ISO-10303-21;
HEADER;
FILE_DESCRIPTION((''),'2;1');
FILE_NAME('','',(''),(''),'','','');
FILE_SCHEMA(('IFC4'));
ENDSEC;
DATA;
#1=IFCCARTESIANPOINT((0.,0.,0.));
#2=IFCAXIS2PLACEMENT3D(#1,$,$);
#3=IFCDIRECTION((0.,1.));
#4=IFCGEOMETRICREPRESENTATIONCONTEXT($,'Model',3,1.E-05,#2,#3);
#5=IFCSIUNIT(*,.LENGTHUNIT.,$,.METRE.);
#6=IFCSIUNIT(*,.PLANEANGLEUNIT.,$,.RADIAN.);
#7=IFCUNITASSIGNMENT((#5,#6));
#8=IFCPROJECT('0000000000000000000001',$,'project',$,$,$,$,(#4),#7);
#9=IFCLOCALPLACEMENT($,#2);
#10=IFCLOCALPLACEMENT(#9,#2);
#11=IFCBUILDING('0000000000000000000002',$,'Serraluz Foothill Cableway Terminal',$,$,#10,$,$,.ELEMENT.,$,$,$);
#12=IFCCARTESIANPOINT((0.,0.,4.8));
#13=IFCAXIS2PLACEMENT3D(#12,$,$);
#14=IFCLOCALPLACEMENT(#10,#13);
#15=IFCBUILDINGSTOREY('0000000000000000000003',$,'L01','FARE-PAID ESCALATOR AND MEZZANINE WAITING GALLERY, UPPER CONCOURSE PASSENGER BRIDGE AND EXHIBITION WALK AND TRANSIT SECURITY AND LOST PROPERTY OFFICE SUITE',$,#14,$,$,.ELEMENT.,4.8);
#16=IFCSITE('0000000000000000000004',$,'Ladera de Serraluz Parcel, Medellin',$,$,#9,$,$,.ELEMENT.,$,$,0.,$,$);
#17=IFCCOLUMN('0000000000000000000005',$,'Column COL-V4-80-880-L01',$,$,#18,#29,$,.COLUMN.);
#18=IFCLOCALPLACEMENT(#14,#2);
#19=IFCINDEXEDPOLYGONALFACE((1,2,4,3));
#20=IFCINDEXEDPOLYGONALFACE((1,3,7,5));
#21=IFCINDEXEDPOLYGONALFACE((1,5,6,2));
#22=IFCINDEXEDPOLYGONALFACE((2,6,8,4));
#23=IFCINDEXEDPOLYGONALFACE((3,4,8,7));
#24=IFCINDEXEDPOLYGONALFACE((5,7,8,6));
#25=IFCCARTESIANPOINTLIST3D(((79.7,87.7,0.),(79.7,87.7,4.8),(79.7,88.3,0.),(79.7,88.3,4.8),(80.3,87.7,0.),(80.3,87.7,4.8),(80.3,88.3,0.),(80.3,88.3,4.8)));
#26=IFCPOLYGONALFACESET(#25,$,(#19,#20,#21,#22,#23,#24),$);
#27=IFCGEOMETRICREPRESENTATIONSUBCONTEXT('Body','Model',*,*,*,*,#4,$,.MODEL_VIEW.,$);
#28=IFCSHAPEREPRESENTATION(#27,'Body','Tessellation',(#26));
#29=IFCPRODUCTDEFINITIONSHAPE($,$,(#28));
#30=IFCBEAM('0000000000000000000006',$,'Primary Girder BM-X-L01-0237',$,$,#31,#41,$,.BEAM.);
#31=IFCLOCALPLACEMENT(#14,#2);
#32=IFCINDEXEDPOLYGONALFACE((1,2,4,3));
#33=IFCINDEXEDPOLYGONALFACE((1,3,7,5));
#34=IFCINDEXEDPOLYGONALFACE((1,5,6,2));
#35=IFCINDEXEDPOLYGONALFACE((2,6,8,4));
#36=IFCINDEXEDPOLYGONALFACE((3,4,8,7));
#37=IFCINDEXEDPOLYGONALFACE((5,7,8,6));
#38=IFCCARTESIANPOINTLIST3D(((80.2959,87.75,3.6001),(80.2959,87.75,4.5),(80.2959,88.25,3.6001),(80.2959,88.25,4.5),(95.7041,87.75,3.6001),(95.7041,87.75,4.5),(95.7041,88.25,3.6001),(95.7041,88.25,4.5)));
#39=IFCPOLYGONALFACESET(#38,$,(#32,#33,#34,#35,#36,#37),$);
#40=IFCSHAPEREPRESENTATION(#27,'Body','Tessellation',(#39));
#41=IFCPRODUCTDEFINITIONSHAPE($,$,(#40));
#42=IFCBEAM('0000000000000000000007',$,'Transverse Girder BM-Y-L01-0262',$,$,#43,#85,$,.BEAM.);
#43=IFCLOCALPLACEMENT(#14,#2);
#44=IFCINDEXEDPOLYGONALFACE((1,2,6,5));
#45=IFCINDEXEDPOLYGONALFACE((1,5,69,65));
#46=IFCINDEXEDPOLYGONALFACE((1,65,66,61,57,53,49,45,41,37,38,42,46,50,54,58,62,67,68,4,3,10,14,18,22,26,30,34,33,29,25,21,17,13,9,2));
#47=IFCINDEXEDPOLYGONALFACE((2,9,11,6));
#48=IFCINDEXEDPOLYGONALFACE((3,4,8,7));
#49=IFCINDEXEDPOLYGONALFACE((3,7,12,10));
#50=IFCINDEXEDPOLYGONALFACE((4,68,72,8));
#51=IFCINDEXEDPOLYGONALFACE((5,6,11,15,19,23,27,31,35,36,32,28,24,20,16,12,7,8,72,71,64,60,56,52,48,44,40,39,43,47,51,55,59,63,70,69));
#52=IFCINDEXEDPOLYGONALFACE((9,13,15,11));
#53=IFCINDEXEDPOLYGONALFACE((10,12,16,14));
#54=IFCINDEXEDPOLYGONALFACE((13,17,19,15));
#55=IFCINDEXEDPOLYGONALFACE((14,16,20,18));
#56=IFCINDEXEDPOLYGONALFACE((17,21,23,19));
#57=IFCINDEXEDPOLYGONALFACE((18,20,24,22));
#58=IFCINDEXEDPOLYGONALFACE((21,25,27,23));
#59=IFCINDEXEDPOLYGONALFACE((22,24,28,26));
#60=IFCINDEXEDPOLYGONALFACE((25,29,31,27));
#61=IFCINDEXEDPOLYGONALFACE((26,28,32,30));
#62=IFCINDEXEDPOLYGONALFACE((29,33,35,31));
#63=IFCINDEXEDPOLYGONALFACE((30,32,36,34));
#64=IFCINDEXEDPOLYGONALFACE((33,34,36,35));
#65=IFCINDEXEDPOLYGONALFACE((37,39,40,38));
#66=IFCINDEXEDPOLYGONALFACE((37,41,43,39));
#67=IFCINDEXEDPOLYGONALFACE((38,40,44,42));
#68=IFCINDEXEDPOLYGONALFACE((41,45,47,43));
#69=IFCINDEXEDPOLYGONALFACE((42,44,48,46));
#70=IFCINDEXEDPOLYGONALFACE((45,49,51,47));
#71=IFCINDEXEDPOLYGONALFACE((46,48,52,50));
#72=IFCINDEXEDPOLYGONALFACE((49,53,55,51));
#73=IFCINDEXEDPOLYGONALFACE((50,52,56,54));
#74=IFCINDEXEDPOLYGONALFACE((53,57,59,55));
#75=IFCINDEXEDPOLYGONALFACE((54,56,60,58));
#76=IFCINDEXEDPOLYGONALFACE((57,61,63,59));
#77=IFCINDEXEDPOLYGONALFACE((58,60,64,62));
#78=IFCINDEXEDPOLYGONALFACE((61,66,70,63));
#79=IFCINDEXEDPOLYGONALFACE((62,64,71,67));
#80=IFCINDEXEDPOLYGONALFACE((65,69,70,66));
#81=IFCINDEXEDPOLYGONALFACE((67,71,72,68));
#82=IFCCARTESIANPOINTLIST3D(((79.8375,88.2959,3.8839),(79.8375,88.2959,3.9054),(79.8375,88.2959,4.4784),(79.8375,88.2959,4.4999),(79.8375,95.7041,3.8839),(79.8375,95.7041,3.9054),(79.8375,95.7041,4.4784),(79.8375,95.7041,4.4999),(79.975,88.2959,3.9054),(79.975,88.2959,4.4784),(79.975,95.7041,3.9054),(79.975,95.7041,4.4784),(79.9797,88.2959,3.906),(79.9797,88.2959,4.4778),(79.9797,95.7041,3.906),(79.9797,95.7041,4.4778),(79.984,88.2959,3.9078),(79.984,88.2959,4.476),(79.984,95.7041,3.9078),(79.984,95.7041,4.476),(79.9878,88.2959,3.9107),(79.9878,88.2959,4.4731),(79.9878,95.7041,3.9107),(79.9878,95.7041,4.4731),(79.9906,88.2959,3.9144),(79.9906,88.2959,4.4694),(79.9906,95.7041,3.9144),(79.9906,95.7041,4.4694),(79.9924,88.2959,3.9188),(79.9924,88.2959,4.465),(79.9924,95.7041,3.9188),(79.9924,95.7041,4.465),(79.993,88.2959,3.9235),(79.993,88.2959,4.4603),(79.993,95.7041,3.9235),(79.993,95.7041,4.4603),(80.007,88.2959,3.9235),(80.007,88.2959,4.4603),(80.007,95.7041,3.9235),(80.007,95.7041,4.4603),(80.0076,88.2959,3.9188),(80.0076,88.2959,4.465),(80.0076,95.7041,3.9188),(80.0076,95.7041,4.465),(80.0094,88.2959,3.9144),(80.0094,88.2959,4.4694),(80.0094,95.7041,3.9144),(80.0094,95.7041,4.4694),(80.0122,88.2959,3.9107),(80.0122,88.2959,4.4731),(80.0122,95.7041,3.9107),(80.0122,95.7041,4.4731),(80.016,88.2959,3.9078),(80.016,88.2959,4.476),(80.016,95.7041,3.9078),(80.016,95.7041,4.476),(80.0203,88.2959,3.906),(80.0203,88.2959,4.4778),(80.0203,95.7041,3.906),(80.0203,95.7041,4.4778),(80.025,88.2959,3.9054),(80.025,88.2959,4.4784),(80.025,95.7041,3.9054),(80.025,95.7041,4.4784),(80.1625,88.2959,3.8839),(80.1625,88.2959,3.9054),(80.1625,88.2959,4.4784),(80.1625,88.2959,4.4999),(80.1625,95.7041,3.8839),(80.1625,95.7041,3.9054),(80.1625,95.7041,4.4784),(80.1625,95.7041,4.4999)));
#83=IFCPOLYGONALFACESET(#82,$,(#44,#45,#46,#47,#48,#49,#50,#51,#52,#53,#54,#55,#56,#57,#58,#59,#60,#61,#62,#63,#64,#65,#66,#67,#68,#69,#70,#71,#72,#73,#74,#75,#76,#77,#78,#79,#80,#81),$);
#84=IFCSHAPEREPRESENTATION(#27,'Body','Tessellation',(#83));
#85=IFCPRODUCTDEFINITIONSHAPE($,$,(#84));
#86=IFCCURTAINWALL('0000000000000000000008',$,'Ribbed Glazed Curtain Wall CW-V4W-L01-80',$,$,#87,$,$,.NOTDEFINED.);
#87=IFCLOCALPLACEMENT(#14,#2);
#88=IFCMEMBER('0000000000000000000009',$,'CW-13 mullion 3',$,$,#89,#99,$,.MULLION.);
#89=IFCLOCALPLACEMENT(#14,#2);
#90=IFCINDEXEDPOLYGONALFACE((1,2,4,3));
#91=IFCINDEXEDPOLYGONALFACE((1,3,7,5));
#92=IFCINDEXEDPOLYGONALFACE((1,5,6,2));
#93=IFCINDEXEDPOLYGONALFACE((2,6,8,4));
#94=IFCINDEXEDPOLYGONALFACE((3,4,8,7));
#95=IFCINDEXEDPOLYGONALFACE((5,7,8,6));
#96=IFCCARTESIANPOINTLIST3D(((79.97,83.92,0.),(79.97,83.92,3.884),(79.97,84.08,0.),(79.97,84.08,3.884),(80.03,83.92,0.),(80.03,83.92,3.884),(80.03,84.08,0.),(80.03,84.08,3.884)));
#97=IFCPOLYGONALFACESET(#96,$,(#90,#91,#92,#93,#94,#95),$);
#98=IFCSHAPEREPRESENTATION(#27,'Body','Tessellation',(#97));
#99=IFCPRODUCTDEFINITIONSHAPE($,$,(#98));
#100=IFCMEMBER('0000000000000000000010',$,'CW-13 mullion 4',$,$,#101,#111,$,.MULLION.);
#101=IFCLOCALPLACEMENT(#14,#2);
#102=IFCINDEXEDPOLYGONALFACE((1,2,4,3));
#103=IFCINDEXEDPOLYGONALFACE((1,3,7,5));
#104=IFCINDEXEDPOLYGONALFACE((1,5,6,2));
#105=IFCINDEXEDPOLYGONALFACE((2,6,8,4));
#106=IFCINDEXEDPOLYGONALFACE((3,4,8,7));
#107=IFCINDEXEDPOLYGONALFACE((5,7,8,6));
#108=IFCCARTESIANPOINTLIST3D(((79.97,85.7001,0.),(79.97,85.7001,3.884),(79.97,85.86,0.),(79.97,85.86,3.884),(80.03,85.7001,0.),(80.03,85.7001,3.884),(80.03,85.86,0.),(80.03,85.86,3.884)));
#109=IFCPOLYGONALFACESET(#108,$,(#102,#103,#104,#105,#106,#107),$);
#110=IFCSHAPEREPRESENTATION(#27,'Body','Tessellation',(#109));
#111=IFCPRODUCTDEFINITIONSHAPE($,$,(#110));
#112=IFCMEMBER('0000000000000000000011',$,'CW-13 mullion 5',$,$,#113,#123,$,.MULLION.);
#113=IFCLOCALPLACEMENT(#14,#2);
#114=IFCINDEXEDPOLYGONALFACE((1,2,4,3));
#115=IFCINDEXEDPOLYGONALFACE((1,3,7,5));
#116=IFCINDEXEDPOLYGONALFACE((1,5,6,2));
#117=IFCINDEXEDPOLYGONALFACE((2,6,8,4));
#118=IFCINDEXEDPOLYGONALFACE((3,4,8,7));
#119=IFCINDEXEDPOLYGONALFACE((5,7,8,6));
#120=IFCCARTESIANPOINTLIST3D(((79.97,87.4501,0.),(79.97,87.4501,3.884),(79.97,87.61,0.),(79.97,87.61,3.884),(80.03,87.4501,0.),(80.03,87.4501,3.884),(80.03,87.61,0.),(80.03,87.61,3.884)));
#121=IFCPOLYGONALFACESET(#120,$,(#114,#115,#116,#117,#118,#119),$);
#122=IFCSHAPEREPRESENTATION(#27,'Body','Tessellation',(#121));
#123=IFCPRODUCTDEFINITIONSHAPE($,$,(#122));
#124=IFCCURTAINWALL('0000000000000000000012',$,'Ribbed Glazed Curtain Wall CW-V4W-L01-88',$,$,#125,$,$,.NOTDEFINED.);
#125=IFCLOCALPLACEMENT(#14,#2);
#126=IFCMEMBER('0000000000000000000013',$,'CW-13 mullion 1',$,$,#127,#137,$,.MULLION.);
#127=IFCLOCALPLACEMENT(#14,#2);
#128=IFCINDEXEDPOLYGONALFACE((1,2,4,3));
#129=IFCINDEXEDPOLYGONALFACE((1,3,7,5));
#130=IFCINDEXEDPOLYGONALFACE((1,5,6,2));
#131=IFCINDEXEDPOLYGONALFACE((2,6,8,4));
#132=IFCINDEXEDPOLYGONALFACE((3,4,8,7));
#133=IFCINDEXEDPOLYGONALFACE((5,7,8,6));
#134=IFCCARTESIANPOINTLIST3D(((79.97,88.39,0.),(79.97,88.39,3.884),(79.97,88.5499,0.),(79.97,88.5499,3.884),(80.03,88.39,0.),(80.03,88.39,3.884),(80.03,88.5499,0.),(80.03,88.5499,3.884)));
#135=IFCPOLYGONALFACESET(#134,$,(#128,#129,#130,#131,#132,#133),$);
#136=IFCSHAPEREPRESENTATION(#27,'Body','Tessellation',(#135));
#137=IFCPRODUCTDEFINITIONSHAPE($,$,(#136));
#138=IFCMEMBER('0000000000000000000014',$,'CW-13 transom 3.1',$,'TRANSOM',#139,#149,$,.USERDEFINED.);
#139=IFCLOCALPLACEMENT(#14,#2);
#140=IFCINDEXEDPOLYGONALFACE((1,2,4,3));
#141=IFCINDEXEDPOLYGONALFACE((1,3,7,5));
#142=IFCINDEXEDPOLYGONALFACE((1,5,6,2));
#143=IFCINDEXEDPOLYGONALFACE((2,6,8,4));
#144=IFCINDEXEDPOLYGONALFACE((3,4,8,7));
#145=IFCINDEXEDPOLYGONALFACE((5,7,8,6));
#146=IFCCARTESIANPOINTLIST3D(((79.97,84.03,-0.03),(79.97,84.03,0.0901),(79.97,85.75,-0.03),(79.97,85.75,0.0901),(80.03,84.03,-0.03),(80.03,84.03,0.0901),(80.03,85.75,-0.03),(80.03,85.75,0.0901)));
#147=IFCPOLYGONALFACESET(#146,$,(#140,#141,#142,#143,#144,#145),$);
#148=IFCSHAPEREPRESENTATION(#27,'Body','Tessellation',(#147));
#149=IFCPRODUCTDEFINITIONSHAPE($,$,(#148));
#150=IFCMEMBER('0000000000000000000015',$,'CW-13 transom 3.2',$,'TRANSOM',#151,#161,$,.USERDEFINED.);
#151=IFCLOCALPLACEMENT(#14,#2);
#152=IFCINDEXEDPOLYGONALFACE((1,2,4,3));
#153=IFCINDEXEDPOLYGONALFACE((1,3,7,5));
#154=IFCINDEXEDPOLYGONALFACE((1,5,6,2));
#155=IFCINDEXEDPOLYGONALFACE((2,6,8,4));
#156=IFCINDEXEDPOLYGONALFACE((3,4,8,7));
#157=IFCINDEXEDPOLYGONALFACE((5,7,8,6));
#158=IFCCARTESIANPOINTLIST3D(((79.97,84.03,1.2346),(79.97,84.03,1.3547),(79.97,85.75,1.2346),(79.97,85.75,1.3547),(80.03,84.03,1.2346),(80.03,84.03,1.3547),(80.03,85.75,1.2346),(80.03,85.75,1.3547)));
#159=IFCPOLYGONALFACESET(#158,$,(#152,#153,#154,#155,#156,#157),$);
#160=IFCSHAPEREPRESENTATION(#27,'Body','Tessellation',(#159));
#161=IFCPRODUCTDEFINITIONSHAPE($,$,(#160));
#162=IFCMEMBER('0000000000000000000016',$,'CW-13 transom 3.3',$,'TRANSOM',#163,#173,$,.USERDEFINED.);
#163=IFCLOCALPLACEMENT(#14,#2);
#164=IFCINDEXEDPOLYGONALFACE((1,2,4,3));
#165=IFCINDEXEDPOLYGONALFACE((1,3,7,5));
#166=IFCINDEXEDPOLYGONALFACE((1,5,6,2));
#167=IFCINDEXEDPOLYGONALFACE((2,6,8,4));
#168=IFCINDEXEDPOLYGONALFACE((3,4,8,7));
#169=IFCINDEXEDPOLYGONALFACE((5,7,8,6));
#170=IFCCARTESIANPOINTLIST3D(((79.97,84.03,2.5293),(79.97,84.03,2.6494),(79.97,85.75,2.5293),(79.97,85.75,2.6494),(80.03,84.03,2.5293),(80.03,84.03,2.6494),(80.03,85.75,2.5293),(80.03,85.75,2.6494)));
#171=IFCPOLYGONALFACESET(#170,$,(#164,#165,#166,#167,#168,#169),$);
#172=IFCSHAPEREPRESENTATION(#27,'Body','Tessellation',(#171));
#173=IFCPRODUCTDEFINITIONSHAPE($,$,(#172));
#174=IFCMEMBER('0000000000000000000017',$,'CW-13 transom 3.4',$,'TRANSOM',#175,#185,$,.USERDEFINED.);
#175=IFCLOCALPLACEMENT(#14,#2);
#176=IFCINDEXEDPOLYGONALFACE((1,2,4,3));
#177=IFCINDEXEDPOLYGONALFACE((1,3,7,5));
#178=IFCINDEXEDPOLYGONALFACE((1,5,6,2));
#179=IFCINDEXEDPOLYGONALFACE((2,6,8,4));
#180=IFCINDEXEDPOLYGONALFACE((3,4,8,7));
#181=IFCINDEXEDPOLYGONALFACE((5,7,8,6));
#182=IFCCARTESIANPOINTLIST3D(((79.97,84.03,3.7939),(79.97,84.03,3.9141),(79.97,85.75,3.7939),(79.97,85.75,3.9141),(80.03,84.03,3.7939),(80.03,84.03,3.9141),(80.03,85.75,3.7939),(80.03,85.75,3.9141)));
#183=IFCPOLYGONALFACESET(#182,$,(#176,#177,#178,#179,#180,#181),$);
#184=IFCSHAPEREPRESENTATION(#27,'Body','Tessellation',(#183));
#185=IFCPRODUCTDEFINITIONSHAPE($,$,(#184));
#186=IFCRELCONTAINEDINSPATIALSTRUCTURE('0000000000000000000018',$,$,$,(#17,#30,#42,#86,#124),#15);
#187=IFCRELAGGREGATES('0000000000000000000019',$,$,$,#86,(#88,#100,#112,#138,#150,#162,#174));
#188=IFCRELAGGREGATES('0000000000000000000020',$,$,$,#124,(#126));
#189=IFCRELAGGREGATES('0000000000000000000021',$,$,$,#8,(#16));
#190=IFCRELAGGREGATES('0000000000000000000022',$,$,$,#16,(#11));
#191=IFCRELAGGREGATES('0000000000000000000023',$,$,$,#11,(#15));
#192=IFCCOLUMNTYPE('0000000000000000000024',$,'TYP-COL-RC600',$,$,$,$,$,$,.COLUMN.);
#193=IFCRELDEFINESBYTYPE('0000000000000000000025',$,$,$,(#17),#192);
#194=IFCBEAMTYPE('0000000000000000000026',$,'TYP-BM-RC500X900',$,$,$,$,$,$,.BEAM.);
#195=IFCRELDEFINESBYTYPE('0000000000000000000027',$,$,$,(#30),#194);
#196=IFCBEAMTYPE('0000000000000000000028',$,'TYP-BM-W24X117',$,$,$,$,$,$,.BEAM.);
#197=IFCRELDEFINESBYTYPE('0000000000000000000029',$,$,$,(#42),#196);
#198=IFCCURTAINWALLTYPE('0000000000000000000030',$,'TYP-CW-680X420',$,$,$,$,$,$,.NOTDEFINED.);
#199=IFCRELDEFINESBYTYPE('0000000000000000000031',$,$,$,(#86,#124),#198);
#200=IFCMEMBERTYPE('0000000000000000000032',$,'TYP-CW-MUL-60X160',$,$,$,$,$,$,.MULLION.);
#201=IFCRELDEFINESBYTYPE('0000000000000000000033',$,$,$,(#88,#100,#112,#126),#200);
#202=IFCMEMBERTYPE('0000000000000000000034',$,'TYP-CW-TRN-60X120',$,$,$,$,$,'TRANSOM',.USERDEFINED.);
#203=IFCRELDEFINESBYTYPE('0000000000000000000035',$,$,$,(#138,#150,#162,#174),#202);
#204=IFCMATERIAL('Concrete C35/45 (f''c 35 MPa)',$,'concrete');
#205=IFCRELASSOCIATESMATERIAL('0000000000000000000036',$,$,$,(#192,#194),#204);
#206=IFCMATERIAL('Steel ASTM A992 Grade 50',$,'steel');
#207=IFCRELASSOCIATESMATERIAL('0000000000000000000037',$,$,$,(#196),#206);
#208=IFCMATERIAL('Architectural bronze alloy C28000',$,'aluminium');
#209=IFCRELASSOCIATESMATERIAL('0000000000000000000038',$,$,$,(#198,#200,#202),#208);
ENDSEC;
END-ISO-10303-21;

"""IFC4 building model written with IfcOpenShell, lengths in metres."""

from ifc_helpers import new_model, si_unit, direction, frame, origin, origin_2d, place, context, subcontext, project, spatial, rectangle, i_section, extrude, material, material_profile, profile_set, type_object, element, aggregate, save


model = new_model("IFC4")

# Units and contexts
model_context = context("Model", 3, precision=1e-05, world=origin(), true_north=direction((0.0, 1.0)))
body_context = subcontext(model_context, "Body", "Model", "MODEL_VIEW")
ifc_project = project(units=[si_unit("LENGTHUNIT", "METRE"), si_unit("PLANEANGLEUNIT", "RADIAN")], contexts=[model_context])

# Site, building, storey
site_placement = place(None, origin())
site = spatial("IfcSite", under=ifc_project, at=site_placement, Name="Ladera de Serraluz Parcel, Medellin", CompositionType="ELEMENT", RefElevation=0.0)
building_placement = place(site_placement, origin())
building = spatial("IfcBuilding", under=site, at=building_placement, Name="Serraluz Foothill Cableway Terminal", CompositionType="ELEMENT")
storey_placement = place(building_placement, frame((0.0, 0.0, 4.8)))
storey = spatial("IfcBuildingStorey", under=building, at=storey_placement, Name="L01", Description="FARE-PAID ESCALATOR AND MEZZANINE WAITING GALLERY, UPPER CONCOURSE PASSENGER BRIDGE AND EXHIBITION WALK AND TRANSIT SECURITY AND LOST PROPERTY OFFICE SUITE", CompositionType="ELEMENT", Elevation=4.8)

# Column
ifc_material_1 = material(Name="Concrete C35/45 (f'c 35 MPa)", Category="concrete")
ifc_material_profile_1 = material_profile(ifc_material_1, rectangle(XDim=0.6001, YDim=0.6001, at=origin_2d()), Name="RC 600x600")
ifc_profile_set_1 = profile_set([ifc_material_profile_1], Name="Concrete C35/45 (f'c 35 MPa)")
column_type = type_object("IfcColumnType", Name="TYP-COL-RC600", PredefinedType="COLUMN", material=ifc_profile_set_1)
column_placement = place(storey_placement, frame((80.0, 88.0, 0.0), z_axis=(0.0, 0.0, 1.0), x_axis=(1.0, 0.0, 0.0)))
element("IfcColumn", 1, at=column_placement, inside=storey, type_object=column_type, Name="Column COL-V4-80-880-L01", PredefinedType="COLUMN", context=body_context, shape_type="SweptSolid", body=[
    extrude(rectangle(XDim=0.6001, YDim=0.6001, at=origin_2d()), origin(), (0.0, 0.0, 1.0), 4.8),
])

# Beams
ifc_material_profile_2 = material_profile(ifc_material_1, rectangle(XDim=0.5, YDim=0.8999, at=origin_2d()), Name="RC 500x900")
ifc_profile_set_2 = profile_set([ifc_material_profile_2], Name="Concrete C35/45 (f'c 35 MPa)")
beam_type_1 = type_object("IfcBeamType", Name="TYP-BM-RC500X900", PredefinedType="BEAM", material=ifc_profile_set_2)
beam_1_placement = place(storey_placement, frame((80.2959, 88.0, 4.05), z_axis=(1.0, 0.0, 0.0), x_axis=(0.0, 1.0, 0.0)))
element("IfcBeam", 2, at=beam_1_placement, inside=storey, type_object=beam_type_1, Name="Primary Girder BM-X-L01-0237", PredefinedType="BEAM", context=body_context, shape_type="SweptSolid", body=[
    extrude(rectangle(XDim=0.5, YDim=0.8999, at=origin_2d()), origin(), (0.0, 0.0, 1.0), 15.4082),
])
ifc_material_2 = material(Name="Steel ASTM A992 Grade 50", Category="steel")
ifc_material_profile_3 = material_profile(ifc_material_2, i_section(OverallWidth=0.325, OverallDepth=0.616, WebThickness=0.0139, FlangeThickness=0.0215, FilletRadius=0.0181, at=origin_2d()), Name="W24X117")
ifc_profile_set_3 = profile_set([ifc_material_profile_3], Name="Steel ASTM A992 Grade 50")
beam_type_2 = type_object("IfcBeamType", Name="TYP-BM-W24X117", PredefinedType="BEAM", material=ifc_profile_set_3)
beam_2_placement = place(storey_placement, frame((80.0, 88.2959, 4.1919), z_axis=(0.0, 1.0, 0.0), x_axis=(-1.0, 0.0, 0.0)))
element("IfcBeam", 3, at=beam_2_placement, inside=storey, type_object=beam_type_2, Name="Transverse Girder BM-Y-L01-0262", PredefinedType="BEAM", context=body_context, shape_type="SweptSolid", body=[
    extrude(i_section(OverallWidth=0.325, OverallDepth=0.616, WebThickness=0.0139, FlangeThickness=0.0215, FilletRadius=0.0181, at=origin_2d()), origin(), (0.0, 0.0, 1.0), 7.4082),
])

# Curtain wall, members
ifc_material_3 = material(Name="Architectural bronze alloy C28000", Category="aluminium")
curtain_wall_type = type_object("IfcCurtainWallType", Name="TYP-CW-680X420", PredefinedType="NOTDEFINED", material=ifc_material_3)
curtain_wall_1_placement = place(storey_placement, origin())
curtain_wall_1 = element("IfcCurtainWall", 4, at=curtain_wall_1_placement, inside=storey, type_object=curtain_wall_type, Name="Ribbed Glazed Curtain Wall CW-V4W-L01-80", PredefinedType="NOTDEFINED")
ifc_material_profile_4 = material_profile(ifc_material_3, rectangle(XDim=0.0601, YDim=0.1599, at=origin_2d()), Name="ALU MULLION 60x160")
ifc_profile_set_4 = profile_set([ifc_material_profile_4], Name="Architectural bronze alloy C28000")
member_type_1 = type_object("IfcMemberType", Name="TYP-CW-MUL-60X160", PredefinedType="MULLION", material=ifc_profile_set_4)
member_1_placement = place(storey_placement, frame((80.0, 84.0, 0.0), z_axis=(0.0, 0.0, 1.0), x_axis=(-1.0, 0.0, 0.0)))
member_1 = element("IfcMember", 5, at=member_1_placement, type_object=member_type_1, Name="CW-13 mullion 3", PredefinedType="MULLION", context=body_context, shape_type="SweptSolid", body=[
    extrude(rectangle(XDim=0.0601, YDim=0.1599, at=origin_2d()), origin(), (0.0, 0.0, 1.0), 3.884),
])
member_2_placement = place(storey_placement, frame((80.0, 85.78, 0.0), z_axis=(0.0, 0.0, 1.0), x_axis=(-1.0, 0.0, 0.0)))
member_2 = element("IfcMember", 6, at=member_2_placement, type_object=member_type_1, Name="CW-13 mullion 4", PredefinedType="MULLION", context=body_context, shape_type="SweptSolid", body=[
    extrude(rectangle(XDim=0.0601, YDim=0.1599, at=origin_2d()), origin(), (0.0, 0.0, 1.0), 3.884),
])
member_3_placement = place(storey_placement, frame((80.0, 87.53, 0.0), z_axis=(0.0, 0.0, 1.0), x_axis=(-1.0, 0.0, 0.0)))
member_3 = element("IfcMember", 7, at=member_3_placement, type_object=member_type_1, Name="CW-13 mullion 5", PredefinedType="MULLION", context=body_context, shape_type="SweptSolid", body=[
    extrude(rectangle(XDim=0.0601, YDim=0.1599, at=origin_2d()), origin(), (0.0, 0.0, 1.0), 3.884),
])

# Curtain wall, member
curtain_wall_2_placement = place(storey_placement, origin())
curtain_wall_2 = element("IfcCurtainWall", 8, at=curtain_wall_2_placement, inside=storey, type_object=curtain_wall_type, Name="Ribbed Glazed Curtain Wall CW-V4W-L01-88", PredefinedType="NOTDEFINED")
member_4_placement = place(storey_placement, frame((80.0, 88.47, 0.0), z_axis=(0.0, 0.0, 1.0), x_axis=(-1.0, 0.0, 0.0)))
member_4 = element("IfcMember", 9, at=member_4_placement, type_object=member_type_1, Name="CW-13 mullion 1", PredefinedType="MULLION", context=body_context, shape_type="SweptSolid", body=[
    extrude(rectangle(XDim=0.0601, YDim=0.1599, at=origin_2d()), origin(), (0.0, 0.0, 1.0), 3.884),
])

# Members
ifc_material_profile_5 = material_profile(ifc_material_3, rectangle(XDim=0.0601, YDim=0.1201, at=origin_2d()), Name="ALU TRANSOM 60x120")
ifc_profile_set_5 = profile_set([ifc_material_profile_5], Name="Architectural bronze alloy C28000")
member_type_2 = type_object("IfcMemberType", Name="TYP-CW-TRN-60X120", ElementType="TRANSOM", PredefinedType="USERDEFINED", material=ifc_profile_set_5)
member_5_placement = place(storey_placement, frame((80.0, 84.03, 0.03), z_axis=(0.0, 1.0, 0.0), x_axis=(-1.0, 0.0, 0.0)))
member_5 = element("IfcMember", 10, at=member_5_placement, type_object=member_type_2, Name="CW-13 transom 3.1", ObjectType="TRANSOM", PredefinedType="USERDEFINED", context=body_context, shape_type="SweptSolid", body=[
    extrude(rectangle(XDim=0.0601, YDim=0.1201, at=origin_2d()), origin(), (0.0, 0.0, 1.0), 1.72),
])
member_6_placement = place(storey_placement, frame((80.0, 84.03, 1.2947), z_axis=(0.0, 1.0, 0.0), x_axis=(-1.0, 0.0, 0.0)))
member_6 = element("IfcMember", 11, at=member_6_placement, type_object=member_type_2, Name="CW-13 transom 3.2", ObjectType="TRANSOM", PredefinedType="USERDEFINED", context=body_context, shape_type="SweptSolid", body=[
    extrude(rectangle(XDim=0.0601, YDim=0.1201, at=origin_2d()), origin(), (0.0, 0.0, 1.0), 1.72),
])
member_7_placement = place(storey_placement, frame((80.0, 84.03, 2.5894), z_axis=(0.0, 1.0, 0.0), x_axis=(-1.0, 0.0, 0.0)))
member_7 = element("IfcMember", 12, at=member_7_placement, type_object=member_type_2, Name="CW-13 transom 3.3", ObjectType="TRANSOM", PredefinedType="USERDEFINED", context=body_context, shape_type="SweptSolid", body=[
    extrude(rectangle(XDim=0.0601, YDim=0.1201, at=origin_2d()), origin(), (0.0, 0.0, 1.0), 1.72),
])
member_8_placement = place(storey_placement, frame((80.0, 84.03, 3.854), z_axis=(0.0, 1.0, 0.0), x_axis=(-1.0, 0.0, 0.0)))
member_8 = element("IfcMember", 13, at=member_8_placement, type_object=member_type_2, Name="CW-13 transom 3.4", ObjectType="TRANSOM", PredefinedType="USERDEFINED", context=body_context, shape_type="SweptSolid", body=[
    extrude(rectangle(XDim=0.0601, YDim=0.1201, at=origin_2d()), origin(), (0.0, 0.0, 1.0), 1.72),
])

aggregate(curtain_wall_1, [member_1, member_2, member_3, member_5, member_6, member_7, member_8])
aggregate(curtain_wall_2, [member_4])

save(model, "model.ifc")
